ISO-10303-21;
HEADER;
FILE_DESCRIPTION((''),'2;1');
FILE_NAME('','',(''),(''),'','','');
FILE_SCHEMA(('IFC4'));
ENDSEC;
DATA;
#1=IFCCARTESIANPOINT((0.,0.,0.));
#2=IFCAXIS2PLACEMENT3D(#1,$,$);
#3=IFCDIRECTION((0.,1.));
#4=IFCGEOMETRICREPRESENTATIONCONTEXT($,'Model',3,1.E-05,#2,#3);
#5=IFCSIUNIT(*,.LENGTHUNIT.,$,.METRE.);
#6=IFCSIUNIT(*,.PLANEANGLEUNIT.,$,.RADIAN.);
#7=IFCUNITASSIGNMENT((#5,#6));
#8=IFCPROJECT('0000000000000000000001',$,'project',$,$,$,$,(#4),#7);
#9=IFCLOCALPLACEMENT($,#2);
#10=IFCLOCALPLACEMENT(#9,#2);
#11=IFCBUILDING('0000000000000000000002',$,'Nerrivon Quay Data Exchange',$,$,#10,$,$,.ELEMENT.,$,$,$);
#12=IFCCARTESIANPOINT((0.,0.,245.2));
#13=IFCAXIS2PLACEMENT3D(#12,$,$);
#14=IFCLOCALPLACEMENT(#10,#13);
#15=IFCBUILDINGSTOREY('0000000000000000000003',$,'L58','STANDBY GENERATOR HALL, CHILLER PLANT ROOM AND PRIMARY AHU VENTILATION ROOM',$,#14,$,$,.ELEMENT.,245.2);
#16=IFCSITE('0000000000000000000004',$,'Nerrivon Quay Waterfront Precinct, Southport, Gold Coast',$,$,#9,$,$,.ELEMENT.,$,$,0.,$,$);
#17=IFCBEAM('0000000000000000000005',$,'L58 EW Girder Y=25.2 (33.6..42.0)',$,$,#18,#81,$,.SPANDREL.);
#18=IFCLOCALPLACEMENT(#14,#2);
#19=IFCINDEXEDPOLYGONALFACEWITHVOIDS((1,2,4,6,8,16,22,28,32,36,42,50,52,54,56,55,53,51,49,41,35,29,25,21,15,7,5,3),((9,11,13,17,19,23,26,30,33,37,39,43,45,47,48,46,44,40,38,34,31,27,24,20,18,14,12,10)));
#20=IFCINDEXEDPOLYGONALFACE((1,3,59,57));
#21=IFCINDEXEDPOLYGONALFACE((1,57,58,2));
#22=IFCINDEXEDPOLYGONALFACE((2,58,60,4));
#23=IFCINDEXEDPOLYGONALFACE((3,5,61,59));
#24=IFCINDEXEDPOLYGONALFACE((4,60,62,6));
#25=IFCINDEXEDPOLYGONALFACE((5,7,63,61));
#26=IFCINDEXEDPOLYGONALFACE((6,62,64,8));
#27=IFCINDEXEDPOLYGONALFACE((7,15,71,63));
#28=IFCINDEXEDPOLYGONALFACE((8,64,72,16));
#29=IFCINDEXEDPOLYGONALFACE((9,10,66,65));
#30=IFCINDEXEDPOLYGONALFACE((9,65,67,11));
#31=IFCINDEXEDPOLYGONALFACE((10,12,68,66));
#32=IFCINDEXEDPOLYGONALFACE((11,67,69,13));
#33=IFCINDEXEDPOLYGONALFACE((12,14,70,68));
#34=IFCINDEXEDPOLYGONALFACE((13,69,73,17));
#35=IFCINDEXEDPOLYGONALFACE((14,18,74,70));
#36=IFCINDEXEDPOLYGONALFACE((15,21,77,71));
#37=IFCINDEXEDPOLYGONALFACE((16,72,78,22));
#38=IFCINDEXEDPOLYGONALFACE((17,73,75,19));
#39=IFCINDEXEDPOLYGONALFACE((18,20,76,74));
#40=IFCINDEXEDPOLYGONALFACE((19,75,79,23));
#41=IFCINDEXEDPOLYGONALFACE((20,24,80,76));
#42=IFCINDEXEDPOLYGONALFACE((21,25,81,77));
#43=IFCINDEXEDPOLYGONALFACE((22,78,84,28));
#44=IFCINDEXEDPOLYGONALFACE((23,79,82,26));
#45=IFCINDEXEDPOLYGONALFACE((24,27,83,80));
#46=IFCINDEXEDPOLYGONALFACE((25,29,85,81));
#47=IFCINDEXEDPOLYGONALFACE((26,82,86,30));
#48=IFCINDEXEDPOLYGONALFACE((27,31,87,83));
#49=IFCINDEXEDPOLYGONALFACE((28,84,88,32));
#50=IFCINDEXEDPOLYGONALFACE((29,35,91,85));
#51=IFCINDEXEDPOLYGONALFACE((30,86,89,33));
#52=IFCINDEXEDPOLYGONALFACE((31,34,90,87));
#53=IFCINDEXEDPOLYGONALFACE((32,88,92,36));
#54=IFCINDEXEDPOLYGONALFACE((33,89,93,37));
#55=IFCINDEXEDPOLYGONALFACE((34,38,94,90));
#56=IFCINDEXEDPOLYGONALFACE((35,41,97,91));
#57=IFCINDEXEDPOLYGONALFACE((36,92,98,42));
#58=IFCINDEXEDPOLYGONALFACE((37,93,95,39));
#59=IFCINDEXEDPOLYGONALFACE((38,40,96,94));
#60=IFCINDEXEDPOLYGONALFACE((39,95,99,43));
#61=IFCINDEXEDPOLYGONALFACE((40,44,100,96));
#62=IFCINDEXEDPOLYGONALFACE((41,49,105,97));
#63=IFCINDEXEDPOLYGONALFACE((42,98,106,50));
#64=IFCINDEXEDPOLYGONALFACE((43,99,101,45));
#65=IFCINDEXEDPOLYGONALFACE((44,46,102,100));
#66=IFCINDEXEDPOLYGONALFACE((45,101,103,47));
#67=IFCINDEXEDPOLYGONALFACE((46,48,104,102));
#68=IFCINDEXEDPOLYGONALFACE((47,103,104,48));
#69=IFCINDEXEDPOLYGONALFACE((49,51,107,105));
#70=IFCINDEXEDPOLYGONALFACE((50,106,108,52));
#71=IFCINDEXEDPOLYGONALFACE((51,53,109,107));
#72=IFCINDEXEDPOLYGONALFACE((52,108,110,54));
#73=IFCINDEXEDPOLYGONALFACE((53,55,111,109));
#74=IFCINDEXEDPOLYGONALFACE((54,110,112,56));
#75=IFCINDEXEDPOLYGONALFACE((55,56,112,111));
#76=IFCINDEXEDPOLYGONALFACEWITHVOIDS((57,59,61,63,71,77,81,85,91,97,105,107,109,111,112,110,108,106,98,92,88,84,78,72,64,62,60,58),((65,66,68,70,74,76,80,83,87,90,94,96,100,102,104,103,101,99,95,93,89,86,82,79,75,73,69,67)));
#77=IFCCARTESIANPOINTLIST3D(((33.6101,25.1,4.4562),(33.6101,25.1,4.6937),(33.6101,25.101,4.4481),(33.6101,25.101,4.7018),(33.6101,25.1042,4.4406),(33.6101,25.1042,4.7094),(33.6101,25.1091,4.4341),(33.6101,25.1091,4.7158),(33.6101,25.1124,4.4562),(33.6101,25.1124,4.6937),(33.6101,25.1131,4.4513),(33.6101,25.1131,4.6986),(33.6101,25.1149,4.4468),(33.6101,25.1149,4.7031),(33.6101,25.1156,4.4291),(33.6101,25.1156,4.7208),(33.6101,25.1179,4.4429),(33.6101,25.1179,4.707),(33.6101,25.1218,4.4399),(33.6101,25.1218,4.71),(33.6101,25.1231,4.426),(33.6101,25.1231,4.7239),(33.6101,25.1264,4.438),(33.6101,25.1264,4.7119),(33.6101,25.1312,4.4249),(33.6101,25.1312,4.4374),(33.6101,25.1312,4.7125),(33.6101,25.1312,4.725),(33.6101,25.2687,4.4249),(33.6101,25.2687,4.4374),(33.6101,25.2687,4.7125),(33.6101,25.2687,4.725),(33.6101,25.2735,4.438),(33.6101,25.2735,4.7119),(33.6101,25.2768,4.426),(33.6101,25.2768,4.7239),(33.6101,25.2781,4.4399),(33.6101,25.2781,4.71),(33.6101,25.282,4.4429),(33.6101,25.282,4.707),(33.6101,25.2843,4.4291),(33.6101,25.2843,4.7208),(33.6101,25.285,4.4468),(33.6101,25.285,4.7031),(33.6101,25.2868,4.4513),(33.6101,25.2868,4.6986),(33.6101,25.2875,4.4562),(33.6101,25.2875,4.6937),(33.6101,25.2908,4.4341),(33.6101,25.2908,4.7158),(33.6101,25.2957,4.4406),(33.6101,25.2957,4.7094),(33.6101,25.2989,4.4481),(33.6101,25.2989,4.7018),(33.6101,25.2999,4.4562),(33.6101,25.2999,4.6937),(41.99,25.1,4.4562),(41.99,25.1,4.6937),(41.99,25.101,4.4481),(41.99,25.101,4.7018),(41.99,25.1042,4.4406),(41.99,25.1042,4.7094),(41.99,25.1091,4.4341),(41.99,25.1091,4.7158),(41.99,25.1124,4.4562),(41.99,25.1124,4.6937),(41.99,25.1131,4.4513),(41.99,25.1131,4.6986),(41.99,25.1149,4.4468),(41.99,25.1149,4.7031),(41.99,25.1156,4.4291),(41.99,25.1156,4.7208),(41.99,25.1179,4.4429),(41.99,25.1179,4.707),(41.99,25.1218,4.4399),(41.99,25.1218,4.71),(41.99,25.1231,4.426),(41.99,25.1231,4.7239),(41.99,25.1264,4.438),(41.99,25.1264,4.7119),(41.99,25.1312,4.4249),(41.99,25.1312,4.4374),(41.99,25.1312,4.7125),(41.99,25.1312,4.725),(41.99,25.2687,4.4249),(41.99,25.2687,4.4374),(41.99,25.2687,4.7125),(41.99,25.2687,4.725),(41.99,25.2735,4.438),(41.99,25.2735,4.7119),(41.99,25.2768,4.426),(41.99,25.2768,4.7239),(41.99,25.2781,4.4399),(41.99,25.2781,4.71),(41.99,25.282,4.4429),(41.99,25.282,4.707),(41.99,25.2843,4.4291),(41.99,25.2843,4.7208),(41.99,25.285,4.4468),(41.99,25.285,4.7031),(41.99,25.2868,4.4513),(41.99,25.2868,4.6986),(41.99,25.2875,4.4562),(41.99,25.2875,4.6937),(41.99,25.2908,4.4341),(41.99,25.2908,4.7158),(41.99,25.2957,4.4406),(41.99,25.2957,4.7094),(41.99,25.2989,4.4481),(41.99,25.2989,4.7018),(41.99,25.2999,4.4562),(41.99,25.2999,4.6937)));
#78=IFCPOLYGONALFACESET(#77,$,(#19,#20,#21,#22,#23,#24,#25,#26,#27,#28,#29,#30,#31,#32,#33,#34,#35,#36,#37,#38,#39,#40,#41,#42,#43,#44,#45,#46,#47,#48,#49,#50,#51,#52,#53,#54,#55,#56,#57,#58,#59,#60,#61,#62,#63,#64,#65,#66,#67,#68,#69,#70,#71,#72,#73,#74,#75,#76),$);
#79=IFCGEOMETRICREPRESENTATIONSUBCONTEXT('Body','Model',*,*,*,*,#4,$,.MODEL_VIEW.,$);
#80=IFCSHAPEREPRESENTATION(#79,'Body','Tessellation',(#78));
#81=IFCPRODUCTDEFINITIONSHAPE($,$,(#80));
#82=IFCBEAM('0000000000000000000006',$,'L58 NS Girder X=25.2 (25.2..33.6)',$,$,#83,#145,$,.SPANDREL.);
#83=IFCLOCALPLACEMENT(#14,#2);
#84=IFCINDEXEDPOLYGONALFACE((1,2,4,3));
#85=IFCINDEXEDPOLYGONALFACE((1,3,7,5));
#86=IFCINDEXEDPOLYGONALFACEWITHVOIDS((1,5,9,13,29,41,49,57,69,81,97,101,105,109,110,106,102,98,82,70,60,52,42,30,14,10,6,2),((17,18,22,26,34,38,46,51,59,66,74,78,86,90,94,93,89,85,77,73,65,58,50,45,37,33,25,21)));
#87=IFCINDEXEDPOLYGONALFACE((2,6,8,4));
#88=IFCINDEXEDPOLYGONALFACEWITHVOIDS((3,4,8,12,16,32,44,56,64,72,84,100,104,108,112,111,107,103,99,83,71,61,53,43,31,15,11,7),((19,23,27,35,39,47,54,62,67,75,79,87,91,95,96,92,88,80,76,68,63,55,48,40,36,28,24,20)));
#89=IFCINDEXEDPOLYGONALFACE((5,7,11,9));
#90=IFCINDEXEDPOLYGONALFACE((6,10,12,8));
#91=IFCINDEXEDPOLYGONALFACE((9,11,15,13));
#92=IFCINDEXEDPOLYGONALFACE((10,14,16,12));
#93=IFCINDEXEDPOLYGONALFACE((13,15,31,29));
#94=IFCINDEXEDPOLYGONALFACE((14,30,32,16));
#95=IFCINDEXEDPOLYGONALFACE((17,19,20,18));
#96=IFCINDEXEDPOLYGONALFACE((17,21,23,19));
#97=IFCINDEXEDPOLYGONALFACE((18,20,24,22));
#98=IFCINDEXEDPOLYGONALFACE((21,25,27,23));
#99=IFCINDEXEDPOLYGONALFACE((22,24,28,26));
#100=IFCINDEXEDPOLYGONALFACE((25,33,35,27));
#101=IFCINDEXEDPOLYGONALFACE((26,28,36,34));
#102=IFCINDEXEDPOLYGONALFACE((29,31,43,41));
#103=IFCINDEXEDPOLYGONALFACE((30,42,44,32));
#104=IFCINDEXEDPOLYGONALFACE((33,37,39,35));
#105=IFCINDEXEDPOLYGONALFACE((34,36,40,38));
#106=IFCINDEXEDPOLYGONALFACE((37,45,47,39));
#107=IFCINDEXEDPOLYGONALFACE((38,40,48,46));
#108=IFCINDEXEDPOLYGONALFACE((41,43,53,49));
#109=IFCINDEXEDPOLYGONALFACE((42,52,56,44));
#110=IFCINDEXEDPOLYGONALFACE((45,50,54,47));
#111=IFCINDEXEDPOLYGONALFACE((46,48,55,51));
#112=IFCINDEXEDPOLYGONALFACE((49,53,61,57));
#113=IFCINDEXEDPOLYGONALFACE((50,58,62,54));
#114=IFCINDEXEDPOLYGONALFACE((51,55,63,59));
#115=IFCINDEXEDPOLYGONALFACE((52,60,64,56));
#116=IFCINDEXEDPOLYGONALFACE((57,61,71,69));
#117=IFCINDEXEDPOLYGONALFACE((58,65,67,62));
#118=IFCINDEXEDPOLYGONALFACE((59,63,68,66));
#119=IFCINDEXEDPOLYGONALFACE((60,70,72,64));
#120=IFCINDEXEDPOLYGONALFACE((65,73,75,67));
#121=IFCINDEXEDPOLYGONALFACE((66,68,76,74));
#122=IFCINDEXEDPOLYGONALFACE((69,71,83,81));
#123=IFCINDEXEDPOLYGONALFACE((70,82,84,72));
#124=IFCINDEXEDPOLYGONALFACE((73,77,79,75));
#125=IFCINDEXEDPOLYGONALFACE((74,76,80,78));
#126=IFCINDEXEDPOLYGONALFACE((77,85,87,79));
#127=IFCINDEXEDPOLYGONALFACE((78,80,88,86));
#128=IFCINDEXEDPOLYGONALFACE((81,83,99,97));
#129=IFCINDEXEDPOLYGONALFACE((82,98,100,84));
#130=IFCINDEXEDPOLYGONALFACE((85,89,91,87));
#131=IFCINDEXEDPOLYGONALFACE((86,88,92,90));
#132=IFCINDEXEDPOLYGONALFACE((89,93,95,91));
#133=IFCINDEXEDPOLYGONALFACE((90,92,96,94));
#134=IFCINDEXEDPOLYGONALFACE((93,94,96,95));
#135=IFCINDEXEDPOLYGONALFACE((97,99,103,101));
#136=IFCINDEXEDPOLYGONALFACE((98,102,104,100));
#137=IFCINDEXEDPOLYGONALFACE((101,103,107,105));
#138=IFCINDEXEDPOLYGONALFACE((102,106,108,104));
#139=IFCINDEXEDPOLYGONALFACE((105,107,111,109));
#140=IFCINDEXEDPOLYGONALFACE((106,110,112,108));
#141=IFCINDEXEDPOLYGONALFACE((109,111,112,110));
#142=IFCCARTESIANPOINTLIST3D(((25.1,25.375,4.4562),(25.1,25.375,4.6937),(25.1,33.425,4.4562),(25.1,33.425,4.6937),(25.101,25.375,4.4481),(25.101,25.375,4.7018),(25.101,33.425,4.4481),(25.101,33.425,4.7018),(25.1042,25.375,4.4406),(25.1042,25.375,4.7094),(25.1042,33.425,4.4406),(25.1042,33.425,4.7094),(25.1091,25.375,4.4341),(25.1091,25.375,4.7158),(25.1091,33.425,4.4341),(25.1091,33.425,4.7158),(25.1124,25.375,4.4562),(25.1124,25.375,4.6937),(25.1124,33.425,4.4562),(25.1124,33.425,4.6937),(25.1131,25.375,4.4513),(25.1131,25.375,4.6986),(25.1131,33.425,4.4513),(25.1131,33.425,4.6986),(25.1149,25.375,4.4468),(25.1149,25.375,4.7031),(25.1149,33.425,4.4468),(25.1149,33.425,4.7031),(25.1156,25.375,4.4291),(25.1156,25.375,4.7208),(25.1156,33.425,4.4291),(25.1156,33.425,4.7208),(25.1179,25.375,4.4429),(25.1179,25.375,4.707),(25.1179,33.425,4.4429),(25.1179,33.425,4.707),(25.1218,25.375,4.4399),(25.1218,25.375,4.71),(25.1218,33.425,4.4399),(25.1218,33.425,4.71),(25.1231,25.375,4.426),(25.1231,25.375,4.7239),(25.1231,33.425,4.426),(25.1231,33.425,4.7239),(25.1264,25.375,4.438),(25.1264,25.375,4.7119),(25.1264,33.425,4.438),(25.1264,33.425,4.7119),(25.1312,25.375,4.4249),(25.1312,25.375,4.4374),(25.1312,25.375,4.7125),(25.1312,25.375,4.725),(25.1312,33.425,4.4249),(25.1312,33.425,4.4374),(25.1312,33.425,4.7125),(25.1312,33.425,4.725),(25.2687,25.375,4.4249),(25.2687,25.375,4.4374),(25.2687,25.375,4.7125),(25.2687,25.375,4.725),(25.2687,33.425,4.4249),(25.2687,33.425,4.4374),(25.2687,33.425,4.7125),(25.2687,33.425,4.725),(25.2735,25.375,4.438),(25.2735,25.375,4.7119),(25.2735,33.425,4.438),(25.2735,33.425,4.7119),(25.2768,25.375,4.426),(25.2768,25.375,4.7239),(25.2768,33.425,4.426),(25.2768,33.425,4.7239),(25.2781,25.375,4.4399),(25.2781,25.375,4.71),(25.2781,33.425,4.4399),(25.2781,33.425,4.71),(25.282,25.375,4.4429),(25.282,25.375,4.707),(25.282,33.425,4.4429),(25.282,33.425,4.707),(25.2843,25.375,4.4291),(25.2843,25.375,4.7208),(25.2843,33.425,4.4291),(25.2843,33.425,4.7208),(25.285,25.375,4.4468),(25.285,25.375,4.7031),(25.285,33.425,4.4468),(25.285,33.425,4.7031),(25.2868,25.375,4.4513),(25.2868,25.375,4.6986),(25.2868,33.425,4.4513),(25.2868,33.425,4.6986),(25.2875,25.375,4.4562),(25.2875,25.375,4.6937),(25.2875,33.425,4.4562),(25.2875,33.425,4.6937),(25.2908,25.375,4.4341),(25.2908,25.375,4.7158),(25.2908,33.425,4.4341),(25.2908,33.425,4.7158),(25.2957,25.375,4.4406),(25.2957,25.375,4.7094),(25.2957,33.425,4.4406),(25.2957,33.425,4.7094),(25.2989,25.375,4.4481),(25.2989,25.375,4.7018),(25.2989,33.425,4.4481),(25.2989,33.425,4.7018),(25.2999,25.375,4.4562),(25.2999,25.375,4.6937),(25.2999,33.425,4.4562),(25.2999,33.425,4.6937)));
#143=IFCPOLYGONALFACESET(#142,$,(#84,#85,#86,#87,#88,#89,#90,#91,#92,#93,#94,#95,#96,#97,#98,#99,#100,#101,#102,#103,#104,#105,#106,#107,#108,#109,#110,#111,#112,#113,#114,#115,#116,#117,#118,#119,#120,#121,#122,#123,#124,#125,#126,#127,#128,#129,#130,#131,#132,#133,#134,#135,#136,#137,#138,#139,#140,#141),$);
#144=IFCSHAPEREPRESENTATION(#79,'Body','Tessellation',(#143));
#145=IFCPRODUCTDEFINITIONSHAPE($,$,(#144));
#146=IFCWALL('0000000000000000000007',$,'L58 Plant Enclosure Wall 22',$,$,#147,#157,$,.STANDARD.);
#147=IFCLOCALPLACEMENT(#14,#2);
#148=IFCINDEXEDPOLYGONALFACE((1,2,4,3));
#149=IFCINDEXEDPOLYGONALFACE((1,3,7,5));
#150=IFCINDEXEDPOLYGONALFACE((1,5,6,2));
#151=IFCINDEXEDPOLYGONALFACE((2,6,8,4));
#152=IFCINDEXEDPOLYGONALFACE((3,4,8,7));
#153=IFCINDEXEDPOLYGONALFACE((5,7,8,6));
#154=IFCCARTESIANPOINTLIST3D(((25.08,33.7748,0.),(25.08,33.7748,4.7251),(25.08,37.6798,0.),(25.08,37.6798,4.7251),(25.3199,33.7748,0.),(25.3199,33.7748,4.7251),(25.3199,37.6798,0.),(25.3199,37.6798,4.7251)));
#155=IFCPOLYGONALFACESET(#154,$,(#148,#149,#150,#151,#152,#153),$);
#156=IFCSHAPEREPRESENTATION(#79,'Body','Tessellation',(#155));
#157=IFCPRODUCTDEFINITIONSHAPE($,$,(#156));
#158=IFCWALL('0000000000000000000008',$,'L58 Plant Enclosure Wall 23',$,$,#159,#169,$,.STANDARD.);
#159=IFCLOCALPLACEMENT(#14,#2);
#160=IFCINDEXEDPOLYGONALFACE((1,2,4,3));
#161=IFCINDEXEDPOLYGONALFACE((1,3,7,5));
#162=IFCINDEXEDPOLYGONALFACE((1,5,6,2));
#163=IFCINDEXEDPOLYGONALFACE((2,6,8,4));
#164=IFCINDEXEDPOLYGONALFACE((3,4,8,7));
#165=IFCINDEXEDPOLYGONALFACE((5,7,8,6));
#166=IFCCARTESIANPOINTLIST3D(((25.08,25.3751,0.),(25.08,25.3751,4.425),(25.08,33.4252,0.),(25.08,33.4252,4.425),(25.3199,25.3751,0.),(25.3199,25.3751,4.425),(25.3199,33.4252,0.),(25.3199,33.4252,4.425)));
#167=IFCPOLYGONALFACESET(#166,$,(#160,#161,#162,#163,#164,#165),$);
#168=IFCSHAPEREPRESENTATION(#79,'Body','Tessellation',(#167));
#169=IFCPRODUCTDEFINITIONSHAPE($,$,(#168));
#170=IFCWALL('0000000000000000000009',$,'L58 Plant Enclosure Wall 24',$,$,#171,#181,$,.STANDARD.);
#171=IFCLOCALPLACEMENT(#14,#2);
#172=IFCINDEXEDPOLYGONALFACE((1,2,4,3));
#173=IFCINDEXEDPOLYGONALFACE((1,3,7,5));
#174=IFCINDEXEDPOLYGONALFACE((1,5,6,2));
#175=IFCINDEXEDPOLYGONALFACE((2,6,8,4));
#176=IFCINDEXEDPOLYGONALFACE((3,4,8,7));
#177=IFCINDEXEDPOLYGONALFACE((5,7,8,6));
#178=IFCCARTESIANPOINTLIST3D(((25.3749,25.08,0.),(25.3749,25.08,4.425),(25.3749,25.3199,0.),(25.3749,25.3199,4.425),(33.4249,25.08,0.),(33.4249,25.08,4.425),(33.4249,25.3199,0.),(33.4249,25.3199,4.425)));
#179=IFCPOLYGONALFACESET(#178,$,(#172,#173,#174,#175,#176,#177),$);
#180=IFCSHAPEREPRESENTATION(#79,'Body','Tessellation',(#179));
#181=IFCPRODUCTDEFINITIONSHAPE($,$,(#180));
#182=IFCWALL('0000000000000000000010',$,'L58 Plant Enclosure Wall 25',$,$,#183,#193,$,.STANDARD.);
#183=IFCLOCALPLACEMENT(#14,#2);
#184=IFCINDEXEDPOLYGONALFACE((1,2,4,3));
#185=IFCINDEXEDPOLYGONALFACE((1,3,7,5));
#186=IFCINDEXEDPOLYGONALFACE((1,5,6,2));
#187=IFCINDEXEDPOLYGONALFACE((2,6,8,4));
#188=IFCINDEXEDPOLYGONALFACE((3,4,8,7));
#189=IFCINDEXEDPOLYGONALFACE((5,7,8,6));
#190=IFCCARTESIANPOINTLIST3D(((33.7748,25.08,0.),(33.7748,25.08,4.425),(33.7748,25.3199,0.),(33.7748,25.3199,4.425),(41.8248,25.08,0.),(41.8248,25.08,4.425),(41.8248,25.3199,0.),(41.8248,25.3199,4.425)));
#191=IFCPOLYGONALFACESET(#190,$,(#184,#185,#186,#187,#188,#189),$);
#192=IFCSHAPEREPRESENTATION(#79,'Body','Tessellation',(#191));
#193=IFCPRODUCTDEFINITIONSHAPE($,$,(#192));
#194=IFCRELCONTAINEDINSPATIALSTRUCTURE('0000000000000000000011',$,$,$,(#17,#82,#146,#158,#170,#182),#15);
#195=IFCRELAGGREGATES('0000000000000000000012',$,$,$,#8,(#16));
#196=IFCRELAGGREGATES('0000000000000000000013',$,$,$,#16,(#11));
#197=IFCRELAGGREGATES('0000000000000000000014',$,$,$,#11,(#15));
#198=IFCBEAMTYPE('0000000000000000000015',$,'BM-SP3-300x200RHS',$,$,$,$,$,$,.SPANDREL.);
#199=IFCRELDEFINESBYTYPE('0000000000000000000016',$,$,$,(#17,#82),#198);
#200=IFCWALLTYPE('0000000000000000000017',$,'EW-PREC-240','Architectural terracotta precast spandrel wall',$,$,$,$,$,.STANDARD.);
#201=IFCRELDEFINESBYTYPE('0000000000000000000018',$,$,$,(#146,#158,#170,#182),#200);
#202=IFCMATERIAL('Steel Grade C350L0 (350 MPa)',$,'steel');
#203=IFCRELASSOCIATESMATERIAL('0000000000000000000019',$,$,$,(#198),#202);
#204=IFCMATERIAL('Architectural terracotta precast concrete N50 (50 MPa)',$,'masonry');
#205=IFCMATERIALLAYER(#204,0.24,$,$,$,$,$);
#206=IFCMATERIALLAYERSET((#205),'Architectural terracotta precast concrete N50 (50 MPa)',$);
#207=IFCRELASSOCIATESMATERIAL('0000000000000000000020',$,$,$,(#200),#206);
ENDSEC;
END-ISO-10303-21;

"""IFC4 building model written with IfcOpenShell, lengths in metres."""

from ifc_helpers import new_model, si_unit, direction, frame, frame_2d, origin, origin_2d, place, context, subcontext, project, spatial, rectangle, hollow_rectangle, extrude, material, layer, layer_set, material_profile, profile_set, type_object, element, save


model = new_model("IFC4")

# Units and contexts
model_context = context("Model", 3, precision=1e-05, world=origin(), true_north=direction((0.0, 1.0)))
body_context = subcontext(model_context, "Body", "Model", "MODEL_VIEW")
ifc_project = project(units=[si_unit("LENGTHUNIT", "METRE"), si_unit("PLANEANGLEUNIT", "RADIAN")], contexts=[model_context])

# Site, building, storey
site_placement = place(None, origin())
site = spatial("IfcSite", under=ifc_project, at=site_placement, Name="Nerrivon Quay Waterfront Precinct, Southport, Gold Coast", CompositionType="ELEMENT", RefElevation=0.0)
building_placement = place(site_placement, origin())
building = spatial("IfcBuilding", under=site, at=building_placement, Name="Nerrivon Quay Data Exchange", CompositionType="ELEMENT")
storey_placement = place(building_placement, frame((0.0, 0.0, 245.2)))
storey = spatial("IfcBuildingStorey", under=building, at=storey_placement, Name="L58", Description="STANDBY GENERATOR HALL, CHILLER PLANT ROOM AND PRIMARY AHU VENTILATION ROOM", CompositionType="ELEMENT", Elevation=245.2)

# Beams
ifc_material_1 = material(Name="Steel Grade C350L0 (350 MPa)", Category="steel")
ifc_material_profile_1 = material_profile(ifc_material_1, hollow_rectangle(XDim=0.2, YDim=0.3, WallThickness=0.0125, InnerFilletRadius=0.0188, OuterFilletRadius=0.0312, at=origin_2d()), Name="300x200x12.5RHS")
ifc_profile_set_1 = profile_set([ifc_material_profile_1], Name="Steel Grade C350L0 (350 MPa)")
beam_type = type_object("IfcBeamType", Name="BM-SP3-300x200RHS", PredefinedType="SPANDREL", material=ifc_profile_set_1)
beam_1_placement = place(storey_placement, frame((33.6101, 25.2, 4.575), z_axis=(1.0, 0.0, 0.0), x_axis=(0.0, 1.0, 0.0)))
element("IfcBeam", 1, at=beam_1_placement, inside=storey, type_object=beam_type, Name="L58 EW Girder Y=25.2 (33.6..42.0)", PredefinedType="SPANDREL", context=body_context, shape_type="SweptSolid", body=[
    extrude(hollow_rectangle(XDim=0.2, YDim=0.3, WallThickness=0.0125, InnerFilletRadius=0.0188, OuterFilletRadius=0.0312, at=origin_2d()), origin(), (0.0, 0.0, 1.0), 8.3799),
])
beam_2_placement = place(storey_placement, frame((25.2, 25.375, 4.575), z_axis=(0.0, 1.0, 0.0), x_axis=(-1.0, 0.0, 0.0)))
element("IfcBeam", 2, at=beam_2_placement, inside=storey, type_object=beam_type, Name="L58 NS Girder X=25.2 (25.2..33.6)", PredefinedType="SPANDREL", context=body_context, shape_type="SweptSolid", body=[
    extrude(hollow_rectangle(XDim=0.2, YDim=0.3, WallThickness=0.0125, InnerFilletRadius=0.0188, OuterFilletRadius=0.0312, at=origin_2d()), origin(), (0.0, 0.0, 1.0), 8.05),
])

# Walls
ifc_material_2 = material(Name="Architectural terracotta precast concrete N50 (50 MPa)", Category="masonry")
ifc_layer_1 = layer(ifc_material_2, 0.24)
ifc_layer_set_1 = layer_set([ifc_layer_1], Name="Architectural terracotta precast concrete N50 (50 MPa)")
wall_type = type_object("IfcWallType", Name="EW-PREC-240", Description="Architectural terracotta precast spandrel wall", PredefinedType="STANDARD", material=ifc_layer_set_1)
wall_placement = place(storey_placement, frame((25.2, 37.6799, 0.0), z_axis=(0.0, 0.0, 1.0), x_axis=(0.0, -1.0, 0.0)))
element("IfcWall", 3, at=wall_placement, inside=storey, type_object=wall_type, Name="L58 Plant Enclosure Wall 22", PredefinedType="STANDARD", context=body_context, shape_type="SweptSolid", body=[
    extrude(rectangle(XDim=3.905, YDim=0.24, at=frame_2d((1.9526, 0.0))), origin(), (0.0, 0.0, 1.0), 4.7251),
])
for number, where, z_axis, x_axis, name in (
    (4, (25.2, 33.425, 0.0), (0.0, 0.0, 1.0), (0.0, -1.0, 0.0), "L58 Plant Enclosure Wall 23"),
    (5, (25.375, 25.2, 0.0), (0.0, 0.0, 1.0), (1.0, 0.0, 0.0), "L58 Plant Enclosure Wall 24"),
    (6, (33.7749, 25.2, 0.0), (0.0, 0.0, 1.0), (1.0, 0.0, 0.0), "L58 Plant Enclosure Wall 25"),
):
    element("IfcWall", number, at=place(storey_placement, frame(where, z_axis=z_axis, x_axis=x_axis)), inside=storey, type_object=wall_type, Name=name, PredefinedType="STANDARD", context=body_context, shape_type="SweptSolid", body=[
        extrude(rectangle(XDim=8.05, YDim=0.24, at=frame_2d((4.0249, 0.0))), origin(), (0.0, 0.0, 1.0), 4.425),
    ])

save(model, "model.ifc")
